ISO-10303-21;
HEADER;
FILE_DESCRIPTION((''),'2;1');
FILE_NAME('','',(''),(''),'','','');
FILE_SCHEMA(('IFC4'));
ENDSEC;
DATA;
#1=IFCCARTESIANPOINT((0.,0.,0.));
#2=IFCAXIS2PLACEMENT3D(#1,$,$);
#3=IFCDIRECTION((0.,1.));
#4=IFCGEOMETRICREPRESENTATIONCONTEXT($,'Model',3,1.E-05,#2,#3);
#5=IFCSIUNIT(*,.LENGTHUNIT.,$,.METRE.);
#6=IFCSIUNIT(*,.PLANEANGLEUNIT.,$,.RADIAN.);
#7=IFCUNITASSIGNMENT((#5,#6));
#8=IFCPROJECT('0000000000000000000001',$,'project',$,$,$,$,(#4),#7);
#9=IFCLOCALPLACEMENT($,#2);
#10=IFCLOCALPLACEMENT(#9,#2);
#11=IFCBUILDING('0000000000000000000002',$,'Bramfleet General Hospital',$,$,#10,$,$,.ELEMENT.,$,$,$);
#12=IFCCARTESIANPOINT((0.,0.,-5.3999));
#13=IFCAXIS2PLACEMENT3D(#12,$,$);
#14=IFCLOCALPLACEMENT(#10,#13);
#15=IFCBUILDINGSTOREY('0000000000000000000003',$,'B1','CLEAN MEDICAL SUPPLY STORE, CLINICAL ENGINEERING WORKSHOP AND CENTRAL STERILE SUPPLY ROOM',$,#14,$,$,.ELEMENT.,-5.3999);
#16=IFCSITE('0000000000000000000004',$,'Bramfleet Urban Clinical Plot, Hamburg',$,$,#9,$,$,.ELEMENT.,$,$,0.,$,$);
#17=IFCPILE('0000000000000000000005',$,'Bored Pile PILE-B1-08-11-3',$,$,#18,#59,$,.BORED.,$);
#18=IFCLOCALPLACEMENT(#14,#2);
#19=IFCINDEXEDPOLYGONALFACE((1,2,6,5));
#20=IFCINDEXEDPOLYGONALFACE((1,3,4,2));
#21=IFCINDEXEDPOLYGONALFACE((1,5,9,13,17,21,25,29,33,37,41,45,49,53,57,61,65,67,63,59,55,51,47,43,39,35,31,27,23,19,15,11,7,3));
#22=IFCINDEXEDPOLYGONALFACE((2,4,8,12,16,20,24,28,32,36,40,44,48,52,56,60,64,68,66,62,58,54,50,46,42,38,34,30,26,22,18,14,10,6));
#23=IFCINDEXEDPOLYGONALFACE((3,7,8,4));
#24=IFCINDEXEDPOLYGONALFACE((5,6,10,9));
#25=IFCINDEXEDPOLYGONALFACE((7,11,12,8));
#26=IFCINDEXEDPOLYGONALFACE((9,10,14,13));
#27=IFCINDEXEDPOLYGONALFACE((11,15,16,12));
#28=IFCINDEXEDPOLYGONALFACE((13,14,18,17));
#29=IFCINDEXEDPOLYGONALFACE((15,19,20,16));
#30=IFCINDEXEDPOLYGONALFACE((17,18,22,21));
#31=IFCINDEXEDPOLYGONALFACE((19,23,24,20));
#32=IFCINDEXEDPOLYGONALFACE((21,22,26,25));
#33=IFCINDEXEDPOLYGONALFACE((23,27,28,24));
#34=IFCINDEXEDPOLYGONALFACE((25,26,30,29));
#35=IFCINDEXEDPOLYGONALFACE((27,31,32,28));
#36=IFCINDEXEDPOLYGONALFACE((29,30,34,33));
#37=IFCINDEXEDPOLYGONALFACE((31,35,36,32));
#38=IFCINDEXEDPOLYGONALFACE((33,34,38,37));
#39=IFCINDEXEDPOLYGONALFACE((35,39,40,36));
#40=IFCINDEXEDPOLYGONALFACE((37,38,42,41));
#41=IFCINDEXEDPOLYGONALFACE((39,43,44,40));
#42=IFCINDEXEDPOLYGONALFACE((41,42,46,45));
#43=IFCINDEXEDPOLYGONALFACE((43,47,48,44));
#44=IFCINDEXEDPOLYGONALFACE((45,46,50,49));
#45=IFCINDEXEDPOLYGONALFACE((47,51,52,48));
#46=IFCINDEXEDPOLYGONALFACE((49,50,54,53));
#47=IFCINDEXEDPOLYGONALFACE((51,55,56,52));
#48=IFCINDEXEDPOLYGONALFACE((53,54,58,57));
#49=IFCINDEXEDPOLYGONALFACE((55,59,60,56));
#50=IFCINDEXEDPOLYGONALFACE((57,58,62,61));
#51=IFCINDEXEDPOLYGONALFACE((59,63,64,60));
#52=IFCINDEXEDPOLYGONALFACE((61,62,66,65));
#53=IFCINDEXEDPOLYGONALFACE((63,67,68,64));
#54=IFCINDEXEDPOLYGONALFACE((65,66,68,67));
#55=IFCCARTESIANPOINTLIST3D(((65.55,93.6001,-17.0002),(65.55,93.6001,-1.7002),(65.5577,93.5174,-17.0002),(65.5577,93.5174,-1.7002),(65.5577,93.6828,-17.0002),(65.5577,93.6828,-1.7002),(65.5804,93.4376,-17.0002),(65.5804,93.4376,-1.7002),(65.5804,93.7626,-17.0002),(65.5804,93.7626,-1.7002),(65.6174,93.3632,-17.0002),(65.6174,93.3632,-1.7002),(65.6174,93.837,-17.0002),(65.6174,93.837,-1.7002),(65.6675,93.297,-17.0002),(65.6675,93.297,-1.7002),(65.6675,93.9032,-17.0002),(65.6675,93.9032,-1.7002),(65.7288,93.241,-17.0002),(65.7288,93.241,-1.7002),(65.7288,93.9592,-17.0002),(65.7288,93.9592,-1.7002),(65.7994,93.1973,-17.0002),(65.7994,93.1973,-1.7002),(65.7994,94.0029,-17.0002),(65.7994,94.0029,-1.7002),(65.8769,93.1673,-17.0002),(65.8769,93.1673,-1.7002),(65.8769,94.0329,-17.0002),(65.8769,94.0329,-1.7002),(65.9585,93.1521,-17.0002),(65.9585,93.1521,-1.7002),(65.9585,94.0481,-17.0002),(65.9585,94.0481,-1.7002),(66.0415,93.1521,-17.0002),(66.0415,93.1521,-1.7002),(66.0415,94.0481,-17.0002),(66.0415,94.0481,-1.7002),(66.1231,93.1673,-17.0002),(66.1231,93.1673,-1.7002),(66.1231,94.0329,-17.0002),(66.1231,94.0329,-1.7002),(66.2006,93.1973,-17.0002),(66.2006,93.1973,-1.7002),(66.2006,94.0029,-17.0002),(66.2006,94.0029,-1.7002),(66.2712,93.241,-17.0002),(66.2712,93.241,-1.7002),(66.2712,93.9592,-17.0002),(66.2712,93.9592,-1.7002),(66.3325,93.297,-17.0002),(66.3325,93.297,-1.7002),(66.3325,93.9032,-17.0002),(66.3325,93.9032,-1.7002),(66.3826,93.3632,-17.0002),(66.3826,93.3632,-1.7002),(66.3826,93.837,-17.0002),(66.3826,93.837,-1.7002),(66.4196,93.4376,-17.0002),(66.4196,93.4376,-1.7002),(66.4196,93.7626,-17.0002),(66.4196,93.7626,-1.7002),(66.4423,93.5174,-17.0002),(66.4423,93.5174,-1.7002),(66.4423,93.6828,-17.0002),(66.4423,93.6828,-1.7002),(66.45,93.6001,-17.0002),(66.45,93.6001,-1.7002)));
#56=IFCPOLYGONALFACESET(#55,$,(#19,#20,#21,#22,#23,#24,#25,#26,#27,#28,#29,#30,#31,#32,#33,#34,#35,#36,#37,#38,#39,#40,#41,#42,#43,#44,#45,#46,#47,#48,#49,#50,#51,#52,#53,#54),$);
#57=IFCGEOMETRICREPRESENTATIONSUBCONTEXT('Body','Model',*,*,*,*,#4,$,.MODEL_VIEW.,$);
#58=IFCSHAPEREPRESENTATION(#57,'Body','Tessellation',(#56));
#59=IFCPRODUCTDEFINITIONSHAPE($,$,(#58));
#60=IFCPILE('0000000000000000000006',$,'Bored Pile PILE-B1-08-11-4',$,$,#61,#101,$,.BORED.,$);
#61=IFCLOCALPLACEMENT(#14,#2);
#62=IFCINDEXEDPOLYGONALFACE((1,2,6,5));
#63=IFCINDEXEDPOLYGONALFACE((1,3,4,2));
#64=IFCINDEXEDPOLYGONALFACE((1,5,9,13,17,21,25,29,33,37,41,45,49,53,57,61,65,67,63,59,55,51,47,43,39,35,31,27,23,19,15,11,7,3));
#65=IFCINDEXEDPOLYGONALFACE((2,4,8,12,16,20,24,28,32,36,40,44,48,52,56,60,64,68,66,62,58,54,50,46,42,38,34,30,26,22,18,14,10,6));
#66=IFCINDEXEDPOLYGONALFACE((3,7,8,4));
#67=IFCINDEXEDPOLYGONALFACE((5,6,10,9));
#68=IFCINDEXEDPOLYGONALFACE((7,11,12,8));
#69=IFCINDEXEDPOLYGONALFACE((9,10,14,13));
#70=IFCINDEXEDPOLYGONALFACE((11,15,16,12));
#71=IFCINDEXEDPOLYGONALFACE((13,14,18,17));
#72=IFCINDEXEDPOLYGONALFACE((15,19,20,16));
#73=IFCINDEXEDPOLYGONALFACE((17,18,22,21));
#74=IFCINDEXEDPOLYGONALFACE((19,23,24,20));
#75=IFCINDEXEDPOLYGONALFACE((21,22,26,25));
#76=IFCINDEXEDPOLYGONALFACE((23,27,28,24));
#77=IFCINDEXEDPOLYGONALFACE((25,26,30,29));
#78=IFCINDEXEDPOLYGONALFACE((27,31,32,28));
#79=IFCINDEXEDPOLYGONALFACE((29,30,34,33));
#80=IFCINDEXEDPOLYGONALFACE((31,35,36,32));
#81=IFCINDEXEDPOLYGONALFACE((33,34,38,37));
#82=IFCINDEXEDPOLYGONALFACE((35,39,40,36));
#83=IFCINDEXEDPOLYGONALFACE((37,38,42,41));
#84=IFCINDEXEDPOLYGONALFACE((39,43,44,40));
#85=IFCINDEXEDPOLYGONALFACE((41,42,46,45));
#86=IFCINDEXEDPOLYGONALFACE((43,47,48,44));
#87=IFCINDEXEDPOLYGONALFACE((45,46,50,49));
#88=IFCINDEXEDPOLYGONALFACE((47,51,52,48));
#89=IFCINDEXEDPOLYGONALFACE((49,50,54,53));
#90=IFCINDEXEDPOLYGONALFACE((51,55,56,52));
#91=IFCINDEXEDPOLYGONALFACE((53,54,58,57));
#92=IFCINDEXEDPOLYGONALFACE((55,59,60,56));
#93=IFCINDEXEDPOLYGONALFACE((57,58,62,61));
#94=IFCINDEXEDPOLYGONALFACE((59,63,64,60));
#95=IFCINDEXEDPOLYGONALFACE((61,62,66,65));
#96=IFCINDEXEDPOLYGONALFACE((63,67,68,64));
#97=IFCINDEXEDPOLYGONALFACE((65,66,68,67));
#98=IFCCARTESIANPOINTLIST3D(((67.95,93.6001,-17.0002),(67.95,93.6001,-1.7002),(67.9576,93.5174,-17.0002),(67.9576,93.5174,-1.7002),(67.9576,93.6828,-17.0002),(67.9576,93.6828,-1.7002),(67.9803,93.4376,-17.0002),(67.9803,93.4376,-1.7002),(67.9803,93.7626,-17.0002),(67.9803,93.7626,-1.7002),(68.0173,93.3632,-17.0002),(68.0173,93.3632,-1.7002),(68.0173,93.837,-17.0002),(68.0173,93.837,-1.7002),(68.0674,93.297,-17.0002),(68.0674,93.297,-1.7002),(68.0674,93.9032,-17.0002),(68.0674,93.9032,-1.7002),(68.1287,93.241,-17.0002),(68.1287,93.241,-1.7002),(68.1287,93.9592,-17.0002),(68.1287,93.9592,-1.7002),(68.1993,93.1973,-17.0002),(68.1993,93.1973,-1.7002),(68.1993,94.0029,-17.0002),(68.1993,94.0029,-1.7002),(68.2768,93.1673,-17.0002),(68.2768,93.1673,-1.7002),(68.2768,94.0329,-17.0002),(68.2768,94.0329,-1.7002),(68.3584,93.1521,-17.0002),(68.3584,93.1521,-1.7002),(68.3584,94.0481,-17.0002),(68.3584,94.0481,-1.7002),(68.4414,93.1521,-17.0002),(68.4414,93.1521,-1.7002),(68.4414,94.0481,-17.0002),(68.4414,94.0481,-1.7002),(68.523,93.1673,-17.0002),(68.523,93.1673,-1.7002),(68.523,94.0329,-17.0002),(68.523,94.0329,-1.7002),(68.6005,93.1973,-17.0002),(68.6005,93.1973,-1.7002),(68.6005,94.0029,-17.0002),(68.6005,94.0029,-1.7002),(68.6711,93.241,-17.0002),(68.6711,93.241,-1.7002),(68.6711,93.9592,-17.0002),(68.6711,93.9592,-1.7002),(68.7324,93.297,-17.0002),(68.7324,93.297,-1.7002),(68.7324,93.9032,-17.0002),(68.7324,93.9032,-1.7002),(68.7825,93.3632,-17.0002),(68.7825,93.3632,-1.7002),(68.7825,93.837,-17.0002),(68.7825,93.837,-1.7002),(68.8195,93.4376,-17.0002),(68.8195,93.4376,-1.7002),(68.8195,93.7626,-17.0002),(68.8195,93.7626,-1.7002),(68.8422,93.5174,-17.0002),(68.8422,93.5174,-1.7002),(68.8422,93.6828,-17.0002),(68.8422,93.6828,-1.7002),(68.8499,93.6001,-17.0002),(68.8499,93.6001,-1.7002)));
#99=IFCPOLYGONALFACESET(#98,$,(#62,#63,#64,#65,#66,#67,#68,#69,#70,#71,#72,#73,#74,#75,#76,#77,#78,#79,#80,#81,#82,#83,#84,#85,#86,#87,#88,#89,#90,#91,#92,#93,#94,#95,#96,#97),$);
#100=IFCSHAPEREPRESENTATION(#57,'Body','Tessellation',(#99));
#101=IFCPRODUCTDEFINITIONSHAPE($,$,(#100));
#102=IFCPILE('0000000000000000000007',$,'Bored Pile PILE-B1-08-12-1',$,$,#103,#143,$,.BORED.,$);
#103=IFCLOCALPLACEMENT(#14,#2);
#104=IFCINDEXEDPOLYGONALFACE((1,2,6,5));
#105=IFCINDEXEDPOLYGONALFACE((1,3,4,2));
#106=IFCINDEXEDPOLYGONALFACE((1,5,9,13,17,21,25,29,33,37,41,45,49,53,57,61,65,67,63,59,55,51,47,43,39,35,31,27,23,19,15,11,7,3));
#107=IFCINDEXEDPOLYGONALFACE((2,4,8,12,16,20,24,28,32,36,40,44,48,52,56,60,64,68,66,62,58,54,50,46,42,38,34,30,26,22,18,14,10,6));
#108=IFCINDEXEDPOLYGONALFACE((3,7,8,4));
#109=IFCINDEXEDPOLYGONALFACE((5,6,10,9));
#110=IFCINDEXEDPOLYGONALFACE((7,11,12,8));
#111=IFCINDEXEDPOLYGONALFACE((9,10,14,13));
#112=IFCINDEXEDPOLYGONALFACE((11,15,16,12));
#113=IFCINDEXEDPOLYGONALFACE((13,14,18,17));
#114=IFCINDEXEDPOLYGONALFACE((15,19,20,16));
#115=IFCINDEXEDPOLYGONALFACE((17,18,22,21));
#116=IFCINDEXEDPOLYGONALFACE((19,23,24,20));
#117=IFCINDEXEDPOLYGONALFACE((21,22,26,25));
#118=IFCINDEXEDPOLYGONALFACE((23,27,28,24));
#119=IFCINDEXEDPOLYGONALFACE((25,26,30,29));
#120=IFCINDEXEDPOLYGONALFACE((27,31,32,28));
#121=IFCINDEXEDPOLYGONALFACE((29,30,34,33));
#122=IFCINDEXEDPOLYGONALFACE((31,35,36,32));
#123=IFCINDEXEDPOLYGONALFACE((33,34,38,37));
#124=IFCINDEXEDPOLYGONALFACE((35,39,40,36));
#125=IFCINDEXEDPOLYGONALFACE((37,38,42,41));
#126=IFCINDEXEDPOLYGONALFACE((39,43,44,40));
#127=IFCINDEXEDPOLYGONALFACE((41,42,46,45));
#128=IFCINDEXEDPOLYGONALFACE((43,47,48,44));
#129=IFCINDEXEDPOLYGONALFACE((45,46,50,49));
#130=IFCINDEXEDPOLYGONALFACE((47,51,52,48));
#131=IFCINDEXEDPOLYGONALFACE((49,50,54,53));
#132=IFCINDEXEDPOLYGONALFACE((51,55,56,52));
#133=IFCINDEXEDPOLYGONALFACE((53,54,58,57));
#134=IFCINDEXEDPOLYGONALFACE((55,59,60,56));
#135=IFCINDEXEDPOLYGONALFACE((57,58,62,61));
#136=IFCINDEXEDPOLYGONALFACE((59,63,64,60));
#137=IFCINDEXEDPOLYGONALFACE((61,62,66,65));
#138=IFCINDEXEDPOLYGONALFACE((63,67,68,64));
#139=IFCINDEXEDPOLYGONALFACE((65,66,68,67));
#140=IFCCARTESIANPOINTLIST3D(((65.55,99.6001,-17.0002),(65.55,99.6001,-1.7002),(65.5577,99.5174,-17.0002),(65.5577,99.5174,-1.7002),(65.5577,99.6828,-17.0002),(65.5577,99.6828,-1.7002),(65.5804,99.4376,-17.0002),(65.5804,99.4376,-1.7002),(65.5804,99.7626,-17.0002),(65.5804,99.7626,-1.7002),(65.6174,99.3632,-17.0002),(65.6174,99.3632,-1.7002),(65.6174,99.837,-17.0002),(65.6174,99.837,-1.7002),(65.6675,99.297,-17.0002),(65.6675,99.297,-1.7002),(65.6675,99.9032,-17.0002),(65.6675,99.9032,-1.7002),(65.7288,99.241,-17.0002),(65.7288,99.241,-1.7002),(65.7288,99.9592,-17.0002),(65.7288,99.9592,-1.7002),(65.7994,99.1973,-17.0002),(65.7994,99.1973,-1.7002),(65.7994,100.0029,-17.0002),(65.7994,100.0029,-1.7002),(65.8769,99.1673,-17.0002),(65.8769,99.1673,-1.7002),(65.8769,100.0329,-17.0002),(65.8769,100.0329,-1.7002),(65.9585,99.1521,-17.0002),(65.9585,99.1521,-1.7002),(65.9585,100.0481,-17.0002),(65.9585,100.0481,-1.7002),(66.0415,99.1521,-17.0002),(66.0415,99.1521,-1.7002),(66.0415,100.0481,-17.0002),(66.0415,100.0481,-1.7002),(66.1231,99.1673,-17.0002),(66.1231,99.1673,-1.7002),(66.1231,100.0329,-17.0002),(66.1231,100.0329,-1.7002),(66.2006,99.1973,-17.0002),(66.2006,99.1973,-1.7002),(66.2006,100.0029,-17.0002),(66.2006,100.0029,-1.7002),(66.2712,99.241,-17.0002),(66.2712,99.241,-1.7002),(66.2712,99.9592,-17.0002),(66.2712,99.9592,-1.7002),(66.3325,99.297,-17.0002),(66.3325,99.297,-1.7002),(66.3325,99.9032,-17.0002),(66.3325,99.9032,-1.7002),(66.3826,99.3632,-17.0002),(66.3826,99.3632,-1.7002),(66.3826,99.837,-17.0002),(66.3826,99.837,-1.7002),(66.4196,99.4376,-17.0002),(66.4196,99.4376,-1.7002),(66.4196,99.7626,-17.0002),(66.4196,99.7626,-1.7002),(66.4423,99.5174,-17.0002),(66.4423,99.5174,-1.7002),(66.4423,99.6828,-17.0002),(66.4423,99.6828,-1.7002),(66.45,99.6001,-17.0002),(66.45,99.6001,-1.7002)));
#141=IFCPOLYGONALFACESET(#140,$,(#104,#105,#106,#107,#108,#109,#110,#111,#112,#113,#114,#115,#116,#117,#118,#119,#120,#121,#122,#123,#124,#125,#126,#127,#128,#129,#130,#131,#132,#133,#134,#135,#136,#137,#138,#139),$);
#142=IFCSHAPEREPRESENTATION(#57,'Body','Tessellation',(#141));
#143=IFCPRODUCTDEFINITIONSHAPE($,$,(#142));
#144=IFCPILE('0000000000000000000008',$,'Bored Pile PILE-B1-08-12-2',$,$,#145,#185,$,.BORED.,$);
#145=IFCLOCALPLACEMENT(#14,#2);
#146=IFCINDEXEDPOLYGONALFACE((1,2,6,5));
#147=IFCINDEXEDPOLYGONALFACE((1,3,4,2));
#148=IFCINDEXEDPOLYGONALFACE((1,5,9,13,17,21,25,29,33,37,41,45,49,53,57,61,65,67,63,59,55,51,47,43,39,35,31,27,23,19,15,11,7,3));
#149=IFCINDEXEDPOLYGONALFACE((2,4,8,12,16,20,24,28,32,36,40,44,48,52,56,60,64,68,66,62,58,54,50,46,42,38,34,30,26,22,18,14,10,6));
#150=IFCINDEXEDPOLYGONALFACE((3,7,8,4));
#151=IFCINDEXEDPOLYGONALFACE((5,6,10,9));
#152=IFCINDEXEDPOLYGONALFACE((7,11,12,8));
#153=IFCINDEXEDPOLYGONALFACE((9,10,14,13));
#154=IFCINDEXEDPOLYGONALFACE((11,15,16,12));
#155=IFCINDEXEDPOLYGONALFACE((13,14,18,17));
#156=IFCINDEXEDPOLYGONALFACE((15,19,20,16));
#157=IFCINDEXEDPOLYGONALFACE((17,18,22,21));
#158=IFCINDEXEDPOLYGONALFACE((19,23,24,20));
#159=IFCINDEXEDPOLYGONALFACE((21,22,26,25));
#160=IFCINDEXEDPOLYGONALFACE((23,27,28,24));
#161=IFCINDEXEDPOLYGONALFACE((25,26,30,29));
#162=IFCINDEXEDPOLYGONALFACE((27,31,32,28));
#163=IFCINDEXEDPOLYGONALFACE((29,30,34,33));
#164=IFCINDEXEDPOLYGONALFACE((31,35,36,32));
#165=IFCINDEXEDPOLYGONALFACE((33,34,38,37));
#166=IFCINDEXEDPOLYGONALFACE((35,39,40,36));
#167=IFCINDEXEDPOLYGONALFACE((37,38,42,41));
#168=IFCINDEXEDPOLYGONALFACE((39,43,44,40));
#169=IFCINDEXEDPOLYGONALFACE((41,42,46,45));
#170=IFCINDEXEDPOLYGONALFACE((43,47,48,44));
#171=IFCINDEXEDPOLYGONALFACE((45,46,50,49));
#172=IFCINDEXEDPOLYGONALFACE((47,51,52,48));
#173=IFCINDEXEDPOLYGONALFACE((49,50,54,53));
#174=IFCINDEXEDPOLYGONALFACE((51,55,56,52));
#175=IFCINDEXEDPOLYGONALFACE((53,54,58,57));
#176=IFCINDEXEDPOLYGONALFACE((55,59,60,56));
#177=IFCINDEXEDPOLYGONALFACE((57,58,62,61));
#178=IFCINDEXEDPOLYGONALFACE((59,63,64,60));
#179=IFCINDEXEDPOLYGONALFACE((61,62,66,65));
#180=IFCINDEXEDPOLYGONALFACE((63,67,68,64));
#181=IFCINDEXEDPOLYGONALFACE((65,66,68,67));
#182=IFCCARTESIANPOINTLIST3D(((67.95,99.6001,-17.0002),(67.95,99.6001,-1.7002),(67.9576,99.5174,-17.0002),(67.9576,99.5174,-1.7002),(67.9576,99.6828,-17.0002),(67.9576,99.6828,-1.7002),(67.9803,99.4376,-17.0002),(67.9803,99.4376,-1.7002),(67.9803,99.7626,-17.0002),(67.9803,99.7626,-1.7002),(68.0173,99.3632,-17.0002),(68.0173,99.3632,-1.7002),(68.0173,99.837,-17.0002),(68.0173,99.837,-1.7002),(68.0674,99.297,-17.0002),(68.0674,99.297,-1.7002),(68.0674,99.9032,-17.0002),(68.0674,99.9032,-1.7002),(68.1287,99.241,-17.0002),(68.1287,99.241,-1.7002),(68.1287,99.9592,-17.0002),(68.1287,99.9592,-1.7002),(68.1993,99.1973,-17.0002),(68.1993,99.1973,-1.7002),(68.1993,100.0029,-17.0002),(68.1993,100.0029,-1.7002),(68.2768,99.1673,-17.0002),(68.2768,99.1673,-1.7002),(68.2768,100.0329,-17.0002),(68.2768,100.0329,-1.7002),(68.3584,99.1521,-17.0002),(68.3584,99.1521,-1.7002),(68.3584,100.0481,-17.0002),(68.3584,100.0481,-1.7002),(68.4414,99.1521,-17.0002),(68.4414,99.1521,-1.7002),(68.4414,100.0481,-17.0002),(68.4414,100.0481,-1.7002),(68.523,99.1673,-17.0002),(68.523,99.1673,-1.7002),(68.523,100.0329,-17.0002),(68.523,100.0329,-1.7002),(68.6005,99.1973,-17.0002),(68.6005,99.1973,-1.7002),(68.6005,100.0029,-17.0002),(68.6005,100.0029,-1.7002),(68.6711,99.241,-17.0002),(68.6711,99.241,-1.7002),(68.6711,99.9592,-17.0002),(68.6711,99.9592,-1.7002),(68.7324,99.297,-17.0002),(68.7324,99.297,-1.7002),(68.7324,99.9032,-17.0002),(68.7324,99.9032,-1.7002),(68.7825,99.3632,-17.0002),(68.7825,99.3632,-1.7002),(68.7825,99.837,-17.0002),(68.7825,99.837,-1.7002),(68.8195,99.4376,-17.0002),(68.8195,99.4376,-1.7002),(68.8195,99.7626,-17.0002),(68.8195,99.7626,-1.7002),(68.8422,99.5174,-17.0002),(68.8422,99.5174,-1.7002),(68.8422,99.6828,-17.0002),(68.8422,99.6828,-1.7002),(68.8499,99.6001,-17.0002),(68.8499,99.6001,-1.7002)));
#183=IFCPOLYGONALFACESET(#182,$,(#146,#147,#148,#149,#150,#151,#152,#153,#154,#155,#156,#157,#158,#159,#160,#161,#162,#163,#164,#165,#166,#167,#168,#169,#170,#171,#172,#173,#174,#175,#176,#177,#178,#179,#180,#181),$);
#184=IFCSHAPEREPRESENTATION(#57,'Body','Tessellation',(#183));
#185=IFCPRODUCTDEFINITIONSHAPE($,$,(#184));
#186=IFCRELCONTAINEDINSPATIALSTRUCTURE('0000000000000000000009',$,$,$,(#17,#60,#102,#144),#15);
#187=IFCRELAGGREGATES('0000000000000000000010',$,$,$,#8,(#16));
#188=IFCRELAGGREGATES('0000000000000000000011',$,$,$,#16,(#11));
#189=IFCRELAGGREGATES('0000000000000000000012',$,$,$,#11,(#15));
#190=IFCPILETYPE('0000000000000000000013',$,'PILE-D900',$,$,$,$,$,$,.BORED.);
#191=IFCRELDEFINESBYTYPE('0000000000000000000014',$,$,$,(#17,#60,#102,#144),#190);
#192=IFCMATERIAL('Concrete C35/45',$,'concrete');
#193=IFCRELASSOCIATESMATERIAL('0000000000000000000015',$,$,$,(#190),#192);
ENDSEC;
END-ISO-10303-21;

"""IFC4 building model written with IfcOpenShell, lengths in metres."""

from ifc_helpers import new_model, si_unit, direction, frame, origin, origin_2d, place, context, subcontext, project, spatial, circle, extrude, material, material_profile, profile_set, type_object, element, save


model = new_model("IFC4")

# Units and contexts
model_context = context("Model", 3, precision=1e-05, world=origin(), true_north=direction((0.0, 1.0)))
body_context = subcontext(model_context, "Body", "Model", "MODEL_VIEW")
ifc_project = project(units=[si_unit("LENGTHUNIT", "METRE"), si_unit("PLANEANGLEUNIT", "RADIAN")], contexts=[model_context])

# Site, building, storey
site_placement = place(None, origin())
site = spatial("IfcSite", under=ifc_project, at=site_placement, Name="Bramfleet Urban Clinical Plot, Hamburg", CompositionType="ELEMENT", RefElevation=0.0)
building_placement = place(site_placement, origin())
building = spatial("IfcBuilding", under=site, at=building_placement, Name="Bramfleet General Hospital", CompositionType="ELEMENT")
storey_placement = place(building_placement, frame((0.0, 0.0, -5.3999)))
storey = spatial("IfcBuildingStorey", under=building, at=storey_placement, Name="B1", Description="CLEAN MEDICAL SUPPLY STORE, CLINICAL ENGINEERING WORKSHOP AND CENTRAL STERILE SUPPLY ROOM", CompositionType="ELEMENT", Elevation=-5.3999)

# Shared definitions
ifc_material_1 = material(Name="Concrete C35/45", Category="concrete")

# Piles
ifc_material_profile_1 = material_profile(ifc_material_1, circle(Radius=0.45, at=origin_2d()), Name="PILE BORED D900")
ifc_profile_set_1 = profile_set([ifc_material_profile_1], Name="Concrete C35/45")
pile_type_1 = type_object("IfcPileType", Name="PILE-D900", PredefinedType="BORED", material=ifc_profile_set_1)
for number, where, z_axis, x_axis, name in (
    (1, (66.0, 93.6001, -1.7002), (0.0, 0.0, -1.0), (1.0, 0.0, 0.0), "Bored Pile PILE-B1-08-11-3"),
    (2, (68.3999, 93.6001, -1.7002), (0.0, 0.0, -1.0), (1.0, 0.0, 0.0), "Bored Pile PILE-B1-08-11-4"),
    (3, (66.0, 99.6001, -1.7002), (0.0, 0.0, -1.0), (1.0, 0.0, 0.0), "Bored Pile PILE-B1-08-12-1"),
    (4, (68.3999, 99.6001, -1.7002), (0.0, 0.0, -1.0), (1.0, 0.0, 0.0), "Bored Pile PILE-B1-08-12-2"),
):
    element("IfcPile", number, at=place(storey_placement, frame(where, z_axis=z_axis, x_axis=x_axis)), inside=storey, type_object=pile_type_1, Name=name, PredefinedType="BORED", context=body_context, shape_type="SweptSolid", body=[
        extrude(circle(Radius=0.45, at=origin_2d()), origin(), (0.0, 0.0, 1.0), 15.3),
    ])

save(model, "model.ifc")
